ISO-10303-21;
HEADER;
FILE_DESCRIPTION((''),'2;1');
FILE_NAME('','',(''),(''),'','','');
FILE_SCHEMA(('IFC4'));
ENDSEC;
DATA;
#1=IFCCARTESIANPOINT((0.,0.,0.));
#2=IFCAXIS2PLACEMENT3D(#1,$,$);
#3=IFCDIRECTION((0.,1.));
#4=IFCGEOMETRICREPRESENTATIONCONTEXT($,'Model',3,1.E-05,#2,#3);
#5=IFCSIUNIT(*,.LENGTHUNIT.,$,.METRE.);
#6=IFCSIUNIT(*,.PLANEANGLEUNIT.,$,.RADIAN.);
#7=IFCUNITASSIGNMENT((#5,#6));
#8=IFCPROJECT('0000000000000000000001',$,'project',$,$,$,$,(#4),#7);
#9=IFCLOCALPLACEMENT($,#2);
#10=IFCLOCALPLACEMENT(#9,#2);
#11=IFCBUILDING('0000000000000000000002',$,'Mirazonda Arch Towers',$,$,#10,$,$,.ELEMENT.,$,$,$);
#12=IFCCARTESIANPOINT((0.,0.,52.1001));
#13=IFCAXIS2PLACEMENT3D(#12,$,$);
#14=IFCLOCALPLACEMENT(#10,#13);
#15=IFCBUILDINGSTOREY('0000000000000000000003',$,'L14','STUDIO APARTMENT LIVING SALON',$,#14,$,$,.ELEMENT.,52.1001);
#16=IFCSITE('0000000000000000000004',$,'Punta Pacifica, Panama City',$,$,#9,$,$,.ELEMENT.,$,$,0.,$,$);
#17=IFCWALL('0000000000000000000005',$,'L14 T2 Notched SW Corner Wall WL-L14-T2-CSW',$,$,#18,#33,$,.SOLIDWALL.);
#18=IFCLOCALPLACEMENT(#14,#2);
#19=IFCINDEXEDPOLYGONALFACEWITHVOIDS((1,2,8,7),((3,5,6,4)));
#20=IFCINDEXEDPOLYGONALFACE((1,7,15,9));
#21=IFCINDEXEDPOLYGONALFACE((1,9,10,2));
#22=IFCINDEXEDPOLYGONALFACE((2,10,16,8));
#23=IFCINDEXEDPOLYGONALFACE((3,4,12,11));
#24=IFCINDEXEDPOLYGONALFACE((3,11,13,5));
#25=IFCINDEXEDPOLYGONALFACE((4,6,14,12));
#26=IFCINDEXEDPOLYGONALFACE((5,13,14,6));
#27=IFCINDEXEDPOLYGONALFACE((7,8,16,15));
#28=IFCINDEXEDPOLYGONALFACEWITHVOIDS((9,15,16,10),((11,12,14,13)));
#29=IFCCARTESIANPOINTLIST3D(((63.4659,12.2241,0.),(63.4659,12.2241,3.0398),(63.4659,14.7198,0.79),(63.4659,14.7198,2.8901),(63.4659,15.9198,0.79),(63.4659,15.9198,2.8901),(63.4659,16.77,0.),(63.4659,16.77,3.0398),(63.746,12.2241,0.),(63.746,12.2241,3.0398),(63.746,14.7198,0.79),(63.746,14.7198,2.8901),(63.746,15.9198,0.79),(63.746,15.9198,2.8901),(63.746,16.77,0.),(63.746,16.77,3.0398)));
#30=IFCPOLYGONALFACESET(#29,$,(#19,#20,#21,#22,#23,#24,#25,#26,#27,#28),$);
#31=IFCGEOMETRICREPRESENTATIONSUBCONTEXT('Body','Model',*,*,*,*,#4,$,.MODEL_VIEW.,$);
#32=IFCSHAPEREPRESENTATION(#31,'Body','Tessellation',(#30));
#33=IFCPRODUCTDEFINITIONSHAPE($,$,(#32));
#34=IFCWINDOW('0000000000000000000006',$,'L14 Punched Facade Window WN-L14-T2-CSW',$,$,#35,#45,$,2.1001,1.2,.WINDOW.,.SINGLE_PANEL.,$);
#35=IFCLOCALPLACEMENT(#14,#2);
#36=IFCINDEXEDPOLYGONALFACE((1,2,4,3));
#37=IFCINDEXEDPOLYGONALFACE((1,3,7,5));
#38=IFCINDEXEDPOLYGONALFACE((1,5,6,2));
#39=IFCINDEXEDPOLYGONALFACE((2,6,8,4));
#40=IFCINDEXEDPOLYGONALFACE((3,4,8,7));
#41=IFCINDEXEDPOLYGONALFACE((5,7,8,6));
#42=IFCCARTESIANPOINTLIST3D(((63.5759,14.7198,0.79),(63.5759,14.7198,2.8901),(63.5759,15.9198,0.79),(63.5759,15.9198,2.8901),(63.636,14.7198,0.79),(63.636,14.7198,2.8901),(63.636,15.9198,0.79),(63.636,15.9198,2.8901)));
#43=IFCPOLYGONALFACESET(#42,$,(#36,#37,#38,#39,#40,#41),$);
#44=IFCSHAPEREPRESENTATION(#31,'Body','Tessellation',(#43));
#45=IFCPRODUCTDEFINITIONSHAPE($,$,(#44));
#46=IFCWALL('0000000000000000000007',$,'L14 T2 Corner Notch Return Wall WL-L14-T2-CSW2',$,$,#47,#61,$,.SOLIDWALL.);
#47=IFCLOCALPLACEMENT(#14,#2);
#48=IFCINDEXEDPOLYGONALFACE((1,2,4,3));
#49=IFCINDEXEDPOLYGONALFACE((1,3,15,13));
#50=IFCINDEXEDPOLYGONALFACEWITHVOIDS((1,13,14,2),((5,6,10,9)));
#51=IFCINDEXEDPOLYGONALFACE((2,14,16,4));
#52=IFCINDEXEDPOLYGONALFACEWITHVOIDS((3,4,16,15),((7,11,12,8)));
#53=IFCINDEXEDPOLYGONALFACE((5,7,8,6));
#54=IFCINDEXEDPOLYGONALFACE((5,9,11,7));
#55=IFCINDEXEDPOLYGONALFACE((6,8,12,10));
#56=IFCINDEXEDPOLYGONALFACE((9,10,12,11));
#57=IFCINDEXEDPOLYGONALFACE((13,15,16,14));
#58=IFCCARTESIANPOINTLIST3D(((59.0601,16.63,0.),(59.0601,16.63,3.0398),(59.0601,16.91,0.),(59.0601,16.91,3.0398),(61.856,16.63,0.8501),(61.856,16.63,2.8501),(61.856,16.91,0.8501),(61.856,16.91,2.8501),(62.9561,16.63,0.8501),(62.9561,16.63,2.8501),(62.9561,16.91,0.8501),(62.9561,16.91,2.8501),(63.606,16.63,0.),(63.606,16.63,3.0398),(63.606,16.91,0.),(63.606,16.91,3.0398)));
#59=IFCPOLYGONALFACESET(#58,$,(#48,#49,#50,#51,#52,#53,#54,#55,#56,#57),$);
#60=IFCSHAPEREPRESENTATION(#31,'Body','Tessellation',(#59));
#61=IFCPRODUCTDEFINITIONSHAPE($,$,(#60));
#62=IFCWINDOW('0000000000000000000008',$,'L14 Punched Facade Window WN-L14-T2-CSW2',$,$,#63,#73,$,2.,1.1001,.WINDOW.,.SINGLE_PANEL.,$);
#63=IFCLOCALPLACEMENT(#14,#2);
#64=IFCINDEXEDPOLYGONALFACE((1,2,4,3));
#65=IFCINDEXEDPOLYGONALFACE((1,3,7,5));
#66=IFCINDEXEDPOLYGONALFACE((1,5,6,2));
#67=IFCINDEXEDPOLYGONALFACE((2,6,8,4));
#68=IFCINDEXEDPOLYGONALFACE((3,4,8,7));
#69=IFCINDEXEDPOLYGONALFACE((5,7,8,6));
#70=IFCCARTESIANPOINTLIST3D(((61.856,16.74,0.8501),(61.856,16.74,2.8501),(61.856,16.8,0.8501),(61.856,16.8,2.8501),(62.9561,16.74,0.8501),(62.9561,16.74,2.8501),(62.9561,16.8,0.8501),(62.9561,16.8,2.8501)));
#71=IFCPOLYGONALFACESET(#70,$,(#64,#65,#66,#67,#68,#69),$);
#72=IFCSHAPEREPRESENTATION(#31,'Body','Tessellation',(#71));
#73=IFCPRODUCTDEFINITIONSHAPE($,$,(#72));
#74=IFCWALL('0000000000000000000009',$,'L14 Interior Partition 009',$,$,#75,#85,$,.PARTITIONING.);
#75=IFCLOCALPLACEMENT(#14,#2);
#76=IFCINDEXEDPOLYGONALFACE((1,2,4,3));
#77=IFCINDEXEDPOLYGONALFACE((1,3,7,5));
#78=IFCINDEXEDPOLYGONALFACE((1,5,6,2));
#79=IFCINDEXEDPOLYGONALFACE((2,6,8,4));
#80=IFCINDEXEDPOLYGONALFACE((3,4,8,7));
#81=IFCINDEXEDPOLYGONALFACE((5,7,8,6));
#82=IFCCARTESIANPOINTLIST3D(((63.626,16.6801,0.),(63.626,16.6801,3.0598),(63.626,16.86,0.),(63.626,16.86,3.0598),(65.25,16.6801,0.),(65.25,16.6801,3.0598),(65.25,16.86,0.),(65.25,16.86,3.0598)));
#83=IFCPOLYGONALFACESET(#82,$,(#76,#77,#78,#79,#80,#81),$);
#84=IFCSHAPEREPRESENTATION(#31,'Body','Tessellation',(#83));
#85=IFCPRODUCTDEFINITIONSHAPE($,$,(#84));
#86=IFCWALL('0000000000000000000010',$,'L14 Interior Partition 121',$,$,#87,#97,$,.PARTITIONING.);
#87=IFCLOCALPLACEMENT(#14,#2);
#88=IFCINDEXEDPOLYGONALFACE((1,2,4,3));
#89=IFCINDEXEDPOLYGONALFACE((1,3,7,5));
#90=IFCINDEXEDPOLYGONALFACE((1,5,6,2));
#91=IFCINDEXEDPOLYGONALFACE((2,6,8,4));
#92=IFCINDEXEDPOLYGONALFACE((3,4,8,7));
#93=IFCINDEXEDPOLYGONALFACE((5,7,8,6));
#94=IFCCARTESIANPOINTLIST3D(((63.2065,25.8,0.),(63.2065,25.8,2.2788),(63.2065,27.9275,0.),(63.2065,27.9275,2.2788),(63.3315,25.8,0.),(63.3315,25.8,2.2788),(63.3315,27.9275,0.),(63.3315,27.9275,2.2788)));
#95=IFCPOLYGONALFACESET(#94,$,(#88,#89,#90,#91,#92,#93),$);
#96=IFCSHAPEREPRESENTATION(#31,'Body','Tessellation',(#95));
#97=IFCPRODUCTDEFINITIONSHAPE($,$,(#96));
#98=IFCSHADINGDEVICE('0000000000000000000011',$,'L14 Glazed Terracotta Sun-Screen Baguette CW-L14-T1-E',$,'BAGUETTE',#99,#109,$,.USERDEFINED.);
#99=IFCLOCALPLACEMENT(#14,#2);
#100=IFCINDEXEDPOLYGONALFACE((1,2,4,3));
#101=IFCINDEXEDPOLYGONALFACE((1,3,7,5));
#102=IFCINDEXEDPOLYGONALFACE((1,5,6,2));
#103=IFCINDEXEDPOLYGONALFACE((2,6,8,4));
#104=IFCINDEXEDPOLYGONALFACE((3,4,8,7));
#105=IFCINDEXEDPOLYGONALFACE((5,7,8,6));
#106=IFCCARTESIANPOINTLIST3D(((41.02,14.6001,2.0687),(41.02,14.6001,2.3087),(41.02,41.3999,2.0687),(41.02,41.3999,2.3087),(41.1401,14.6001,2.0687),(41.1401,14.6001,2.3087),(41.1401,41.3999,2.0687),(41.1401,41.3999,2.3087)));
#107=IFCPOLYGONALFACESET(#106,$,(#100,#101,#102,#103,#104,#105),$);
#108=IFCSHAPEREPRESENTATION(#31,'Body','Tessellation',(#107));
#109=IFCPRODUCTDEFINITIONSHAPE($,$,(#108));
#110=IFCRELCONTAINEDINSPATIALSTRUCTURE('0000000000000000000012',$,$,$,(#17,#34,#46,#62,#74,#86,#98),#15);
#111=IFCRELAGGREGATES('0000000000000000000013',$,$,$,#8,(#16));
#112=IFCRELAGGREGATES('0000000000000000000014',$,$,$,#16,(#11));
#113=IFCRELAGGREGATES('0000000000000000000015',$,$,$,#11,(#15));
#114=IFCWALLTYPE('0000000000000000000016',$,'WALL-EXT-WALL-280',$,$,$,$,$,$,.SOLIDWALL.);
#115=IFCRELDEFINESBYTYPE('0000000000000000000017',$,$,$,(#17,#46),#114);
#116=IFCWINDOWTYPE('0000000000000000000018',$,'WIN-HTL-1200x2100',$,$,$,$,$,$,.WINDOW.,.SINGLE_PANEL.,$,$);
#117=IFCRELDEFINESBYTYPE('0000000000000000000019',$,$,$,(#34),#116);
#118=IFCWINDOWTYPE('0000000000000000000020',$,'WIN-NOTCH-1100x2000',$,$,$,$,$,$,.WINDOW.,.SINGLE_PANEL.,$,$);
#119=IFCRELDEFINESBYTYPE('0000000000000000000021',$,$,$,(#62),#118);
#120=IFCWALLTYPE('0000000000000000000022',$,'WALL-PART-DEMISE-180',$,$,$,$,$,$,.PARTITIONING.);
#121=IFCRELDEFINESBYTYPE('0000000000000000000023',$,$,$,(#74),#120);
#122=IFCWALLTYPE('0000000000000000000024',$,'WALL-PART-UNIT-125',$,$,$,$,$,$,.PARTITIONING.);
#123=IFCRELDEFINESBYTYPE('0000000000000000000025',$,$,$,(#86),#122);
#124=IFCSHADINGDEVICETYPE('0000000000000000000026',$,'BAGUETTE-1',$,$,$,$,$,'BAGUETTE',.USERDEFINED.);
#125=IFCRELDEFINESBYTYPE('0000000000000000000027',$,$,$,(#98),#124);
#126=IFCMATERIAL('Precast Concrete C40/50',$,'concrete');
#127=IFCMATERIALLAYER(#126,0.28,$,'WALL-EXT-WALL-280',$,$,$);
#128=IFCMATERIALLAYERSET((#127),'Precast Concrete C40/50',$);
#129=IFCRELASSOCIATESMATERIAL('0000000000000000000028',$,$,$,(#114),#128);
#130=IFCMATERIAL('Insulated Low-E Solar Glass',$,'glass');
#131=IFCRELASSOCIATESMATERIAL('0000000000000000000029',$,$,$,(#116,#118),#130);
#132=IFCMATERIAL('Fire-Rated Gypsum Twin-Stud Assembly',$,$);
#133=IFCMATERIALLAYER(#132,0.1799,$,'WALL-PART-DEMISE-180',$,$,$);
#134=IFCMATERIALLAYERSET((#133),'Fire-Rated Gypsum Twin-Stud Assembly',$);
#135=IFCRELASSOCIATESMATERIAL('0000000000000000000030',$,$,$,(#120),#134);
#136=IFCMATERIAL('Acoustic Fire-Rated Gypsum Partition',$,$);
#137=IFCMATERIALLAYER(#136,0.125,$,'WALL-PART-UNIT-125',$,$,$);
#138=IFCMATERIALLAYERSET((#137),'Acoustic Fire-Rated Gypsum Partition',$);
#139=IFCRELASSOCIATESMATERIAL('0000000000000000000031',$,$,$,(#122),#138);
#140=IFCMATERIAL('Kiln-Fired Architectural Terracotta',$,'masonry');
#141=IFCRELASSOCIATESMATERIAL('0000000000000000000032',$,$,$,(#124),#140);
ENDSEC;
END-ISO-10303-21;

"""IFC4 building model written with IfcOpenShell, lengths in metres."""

from ifc_helpers import new_model, si_unit, direction, frame, frame_2d, origin, origin_2d, place, context, subcontext, project, spatial, rectangle, extrude, material, layer, layer_set, material_profile, profile_set, type_object, element, fill, save


model = new_model("IFC4")

# Units and contexts
model_context = context("Model", 3, precision=1e-05, world=origin(), true_north=direction((0.0, 1.0)))
body_context = subcontext(model_context, "Body", "Model", "MODEL_VIEW")
ifc_project = project(units=[si_unit("LENGTHUNIT", "METRE"), si_unit("PLANEANGLEUNIT", "RADIAN")], contexts=[model_context])

# Site, building, storey
site_placement = place(None, origin())
site = spatial("IfcSite", under=ifc_project, at=site_placement, Name="Punta Pacifica, Panama City", CompositionType="ELEMENT", RefElevation=0.0)
building_placement = place(site_placement, origin())
building = spatial("IfcBuilding", under=site, at=building_placement, Name="Mirazonda Arch Towers", CompositionType="ELEMENT")
storey_placement = place(building_placement, frame((0.0, 0.0, 52.1001)))
storey = spatial("IfcBuildingStorey", under=building, at=storey_placement, Name="L14", Description="STUDIO APARTMENT LIVING SALON", CompositionType="ELEMENT", Elevation=52.1001)

# Shared definitions
ifc_material_1 = material(Name="Insulated Low-E Solar Glass", Category="glass")

# Shared definitions
ifc_material_2 = material(Name="Precast Concrete C40/50", Category="concrete")
ifc_layer_1 = layer(ifc_material_2, 0.28, Name="WALL-EXT-WALL-280")
ifc_layer_set_1 = layer_set([ifc_layer_1], Name="Precast Concrete C40/50")
wall_type_1 = type_object("IfcWallType", Name="WALL-EXT-WALL-280", PredefinedType="SOLIDWALL", material=ifc_layer_set_1)

# Walls, openings, windows
wall_1_placement = place(storey_placement, frame((63.606, 16.77, 0.0), z_axis=(0.0, 0.0, 1.0), x_axis=(0.0, -1.0, 0.0)))
wall_1 = element("IfcWall", 1, at=wall_1_placement, inside=storey, type_object=wall_type_1, Name="L14 T2 Notched SW Corner Wall WL-L14-T2-CSW", PredefinedType="SOLIDWALL", context=body_context, shape_type="SweptSolid", body=[
    extrude(rectangle(XDim=4.5459, YDim=0.28, at=frame_2d((2.2729, 0.0))), origin(), (0.0, 0.0, 1.0), 3.0398),
])
opening_1_placement = place(wall_1_placement, frame((0.8501, 0.0, 0.79)))
opening_1 = element("IfcOpeningElement", 2, at=opening_1_placement, cuts=wall_1, PredefinedType="OPENING", context=body_context, shape_type="SweptSolid", body=[
    extrude(rectangle(XDim=1.2, YDim=2.1001, at=frame_2d((0.6001, 1.05))), frame((0.0, 0.1499, 0.0), z_axis=(0.0, -1.0, 0.0), x_axis=(1.0, 0.0, 0.0)), (0.0, 0.0, 1.0), 0.3),
])
window_type_1 = type_object("IfcWindowType", Name="WIN-HTL-1200x2100", PartitioningType="SINGLE_PANEL", PredefinedType="WINDOW", material=ifc_material_1)
window_1_placement = place(opening_1_placement, origin())
window_1 = element("IfcWindow", 3, at=window_1_placement, inside=storey, type_object=window_type_1, Name="L14 Punched Facade Window WN-L14-T2-CSW", OverallHeight=2.1001, OverallWidth=1.2, PartitioningType="SINGLE_PANEL", PredefinedType="WINDOW", context=body_context, shape_type="SweptSolid", body=[
    extrude(rectangle(XDim=1.2, YDim=2.1001, at=frame_2d((0.6001, 1.05))), frame((0.0, 0.03, 0.0), z_axis=(0.0, -1.0, 0.0), x_axis=(1.0, 0.0, 0.0)), (0.0, 0.0, 1.0), 0.0601),
])
fill(opening_1, window_1)
wall_2_placement = place(storey_placement, frame((59.0601, 16.77, 0.0), z_axis=(0.0, 0.0, 1.0), x_axis=(1.0, 0.0, 0.0)))
wall_2 = element("IfcWall", 4, at=wall_2_placement, inside=storey, type_object=wall_type_1, Name="L14 T2 Corner Notch Return Wall WL-L14-T2-CSW2", PredefinedType="SOLIDWALL", context=body_context, shape_type="SweptSolid", body=[
    extrude(rectangle(XDim=4.5459, YDim=0.28, at=frame_2d((2.2729, 0.0))), origin(), (0.0, 0.0, 1.0), 3.0398),
])
opening_2_placement = place(wall_2_placement, frame((2.7959, 0.0, 0.8501)))
opening_2 = element("IfcOpeningElement", 5, at=opening_2_placement, cuts=wall_2, PredefinedType="OPENING", context=body_context, shape_type="SweptSolid", body=[
    extrude(rectangle(XDim=1.1001, YDim=2.0, at=frame_2d((0.55, 1.0))), frame((0.0, 0.1499, 0.0), z_axis=(0.0, -1.0, 0.0), x_axis=(1.0, 0.0, 0.0)), (0.0, 0.0, 1.0), 0.3),
])
window_type_2 = type_object("IfcWindowType", Name="WIN-NOTCH-1100x2000", PartitioningType="SINGLE_PANEL", PredefinedType="WINDOW", material=ifc_material_1)
window_2_placement = place(opening_2_placement, origin())
window_2 = element("IfcWindow", 6, at=window_2_placement, inside=storey, type_object=window_type_2, Name="L14 Punched Facade Window WN-L14-T2-CSW2", OverallHeight=2.0, OverallWidth=1.1001, PartitioningType="SINGLE_PANEL", PredefinedType="WINDOW", context=body_context, shape_type="SweptSolid", body=[
    extrude(rectangle(XDim=1.1001, YDim=2.0, at=frame_2d((0.55, 1.0))), frame((0.0, 0.03, 0.0), z_axis=(0.0, -1.0, 0.0), x_axis=(1.0, 0.0, 0.0)), (0.0, 0.0, 1.0), 0.0601),
])
fill(opening_2, window_2)

# Wall
ifc_material_3 = material(Name="Fire-Rated Gypsum Twin-Stud Assembly")
ifc_layer_2 = layer(ifc_material_3, 0.1799, Name="WALL-PART-DEMISE-180")
ifc_layer_set_2 = layer_set([ifc_layer_2], Name="Fire-Rated Gypsum Twin-Stud Assembly")
wall_type_2 = type_object("IfcWallType", Name="WALL-PART-DEMISE-180", PredefinedType="PARTITIONING", material=ifc_layer_set_2)
wall_3_placement = place(storey_placement, frame((63.626, 16.77, 0.0), z_axis=(0.0, 0.0, 1.0), x_axis=(1.0, 0.0, 0.0)))
element("IfcWall", 7, at=wall_3_placement, inside=storey, type_object=wall_type_2, Name="L14 Interior Partition 009", PredefinedType="PARTITIONING", context=body_context, shape_type="SweptSolid", body=[
    extrude(rectangle(XDim=1.624, YDim=0.1799, at=frame_2d((0.812, 0.0))), origin(), (0.0, 0.0, 1.0), 3.0598),
])

# Wall
ifc_material_4 = material(Name="Acoustic Fire-Rated Gypsum Partition")
ifc_layer_3 = layer(ifc_material_4, 0.125, Name="WALL-PART-UNIT-125")
ifc_layer_set_3 = layer_set([ifc_layer_3], Name="Acoustic Fire-Rated Gypsum Partition")
wall_type_3 = type_object("IfcWallType", Name="WALL-PART-UNIT-125", PredefinedType="PARTITIONING", material=ifc_layer_set_3)
wall_4_placement = place(storey_placement, frame((63.269, 25.8, 0.0), z_axis=(0.0, 0.0, 1.0), x_axis=(0.0, 1.0, 0.0)))
element("IfcWall", 8, at=wall_4_placement, inside=storey, type_object=wall_type_3, Name="L14 Interior Partition 121", PredefinedType="PARTITIONING", context=body_context, shape_type="SweptSolid", body=[
    extrude(rectangle(XDim=2.1274, YDim=0.125, at=frame_2d((1.0637, 0.0))), origin(), (0.0, 0.0, 1.0), 2.2788),
])

# Shading device
ifc_material_5 = material(Name="Kiln-Fired Architectural Terracotta", Category="masonry")
ifc_material_profile_1 = material_profile(ifc_material_5, rectangle(XDim=0.1201, YDim=0.24, at=origin_2d()), Name="TERRA-BAG-120x240")
ifc_profile_set_1 = profile_set([ifc_material_profile_1], Name="Kiln-Fired Architectural Terracotta")
shading_device_type = type_object("IfcShadingDeviceType", Name="BAGUETTE-1", ElementType="BAGUETTE", PredefinedType="USERDEFINED", material=ifc_profile_set_1)
shading_device_placement = place(storey_placement, frame((41.0801, 14.6001, 2.1887), z_axis=(0.0, 1.0, 0.0), x_axis=(-1.0, 0.0, 0.0)))
element("IfcShadingDevice", 9, at=shading_device_placement, inside=storey, type_object=shading_device_type, Name="L14 Glazed Terracotta Sun-Screen Baguette CW-L14-T1-E", ObjectType="BAGUETTE", PredefinedType="USERDEFINED", context=body_context, shape_type="SweptSolid", body=[
    extrude(rectangle(XDim=0.1201, YDim=0.24, at=origin_2d()), origin(), (0.0, 0.0, 1.0), 26.7998),
])

save(model, "model.ifc")
